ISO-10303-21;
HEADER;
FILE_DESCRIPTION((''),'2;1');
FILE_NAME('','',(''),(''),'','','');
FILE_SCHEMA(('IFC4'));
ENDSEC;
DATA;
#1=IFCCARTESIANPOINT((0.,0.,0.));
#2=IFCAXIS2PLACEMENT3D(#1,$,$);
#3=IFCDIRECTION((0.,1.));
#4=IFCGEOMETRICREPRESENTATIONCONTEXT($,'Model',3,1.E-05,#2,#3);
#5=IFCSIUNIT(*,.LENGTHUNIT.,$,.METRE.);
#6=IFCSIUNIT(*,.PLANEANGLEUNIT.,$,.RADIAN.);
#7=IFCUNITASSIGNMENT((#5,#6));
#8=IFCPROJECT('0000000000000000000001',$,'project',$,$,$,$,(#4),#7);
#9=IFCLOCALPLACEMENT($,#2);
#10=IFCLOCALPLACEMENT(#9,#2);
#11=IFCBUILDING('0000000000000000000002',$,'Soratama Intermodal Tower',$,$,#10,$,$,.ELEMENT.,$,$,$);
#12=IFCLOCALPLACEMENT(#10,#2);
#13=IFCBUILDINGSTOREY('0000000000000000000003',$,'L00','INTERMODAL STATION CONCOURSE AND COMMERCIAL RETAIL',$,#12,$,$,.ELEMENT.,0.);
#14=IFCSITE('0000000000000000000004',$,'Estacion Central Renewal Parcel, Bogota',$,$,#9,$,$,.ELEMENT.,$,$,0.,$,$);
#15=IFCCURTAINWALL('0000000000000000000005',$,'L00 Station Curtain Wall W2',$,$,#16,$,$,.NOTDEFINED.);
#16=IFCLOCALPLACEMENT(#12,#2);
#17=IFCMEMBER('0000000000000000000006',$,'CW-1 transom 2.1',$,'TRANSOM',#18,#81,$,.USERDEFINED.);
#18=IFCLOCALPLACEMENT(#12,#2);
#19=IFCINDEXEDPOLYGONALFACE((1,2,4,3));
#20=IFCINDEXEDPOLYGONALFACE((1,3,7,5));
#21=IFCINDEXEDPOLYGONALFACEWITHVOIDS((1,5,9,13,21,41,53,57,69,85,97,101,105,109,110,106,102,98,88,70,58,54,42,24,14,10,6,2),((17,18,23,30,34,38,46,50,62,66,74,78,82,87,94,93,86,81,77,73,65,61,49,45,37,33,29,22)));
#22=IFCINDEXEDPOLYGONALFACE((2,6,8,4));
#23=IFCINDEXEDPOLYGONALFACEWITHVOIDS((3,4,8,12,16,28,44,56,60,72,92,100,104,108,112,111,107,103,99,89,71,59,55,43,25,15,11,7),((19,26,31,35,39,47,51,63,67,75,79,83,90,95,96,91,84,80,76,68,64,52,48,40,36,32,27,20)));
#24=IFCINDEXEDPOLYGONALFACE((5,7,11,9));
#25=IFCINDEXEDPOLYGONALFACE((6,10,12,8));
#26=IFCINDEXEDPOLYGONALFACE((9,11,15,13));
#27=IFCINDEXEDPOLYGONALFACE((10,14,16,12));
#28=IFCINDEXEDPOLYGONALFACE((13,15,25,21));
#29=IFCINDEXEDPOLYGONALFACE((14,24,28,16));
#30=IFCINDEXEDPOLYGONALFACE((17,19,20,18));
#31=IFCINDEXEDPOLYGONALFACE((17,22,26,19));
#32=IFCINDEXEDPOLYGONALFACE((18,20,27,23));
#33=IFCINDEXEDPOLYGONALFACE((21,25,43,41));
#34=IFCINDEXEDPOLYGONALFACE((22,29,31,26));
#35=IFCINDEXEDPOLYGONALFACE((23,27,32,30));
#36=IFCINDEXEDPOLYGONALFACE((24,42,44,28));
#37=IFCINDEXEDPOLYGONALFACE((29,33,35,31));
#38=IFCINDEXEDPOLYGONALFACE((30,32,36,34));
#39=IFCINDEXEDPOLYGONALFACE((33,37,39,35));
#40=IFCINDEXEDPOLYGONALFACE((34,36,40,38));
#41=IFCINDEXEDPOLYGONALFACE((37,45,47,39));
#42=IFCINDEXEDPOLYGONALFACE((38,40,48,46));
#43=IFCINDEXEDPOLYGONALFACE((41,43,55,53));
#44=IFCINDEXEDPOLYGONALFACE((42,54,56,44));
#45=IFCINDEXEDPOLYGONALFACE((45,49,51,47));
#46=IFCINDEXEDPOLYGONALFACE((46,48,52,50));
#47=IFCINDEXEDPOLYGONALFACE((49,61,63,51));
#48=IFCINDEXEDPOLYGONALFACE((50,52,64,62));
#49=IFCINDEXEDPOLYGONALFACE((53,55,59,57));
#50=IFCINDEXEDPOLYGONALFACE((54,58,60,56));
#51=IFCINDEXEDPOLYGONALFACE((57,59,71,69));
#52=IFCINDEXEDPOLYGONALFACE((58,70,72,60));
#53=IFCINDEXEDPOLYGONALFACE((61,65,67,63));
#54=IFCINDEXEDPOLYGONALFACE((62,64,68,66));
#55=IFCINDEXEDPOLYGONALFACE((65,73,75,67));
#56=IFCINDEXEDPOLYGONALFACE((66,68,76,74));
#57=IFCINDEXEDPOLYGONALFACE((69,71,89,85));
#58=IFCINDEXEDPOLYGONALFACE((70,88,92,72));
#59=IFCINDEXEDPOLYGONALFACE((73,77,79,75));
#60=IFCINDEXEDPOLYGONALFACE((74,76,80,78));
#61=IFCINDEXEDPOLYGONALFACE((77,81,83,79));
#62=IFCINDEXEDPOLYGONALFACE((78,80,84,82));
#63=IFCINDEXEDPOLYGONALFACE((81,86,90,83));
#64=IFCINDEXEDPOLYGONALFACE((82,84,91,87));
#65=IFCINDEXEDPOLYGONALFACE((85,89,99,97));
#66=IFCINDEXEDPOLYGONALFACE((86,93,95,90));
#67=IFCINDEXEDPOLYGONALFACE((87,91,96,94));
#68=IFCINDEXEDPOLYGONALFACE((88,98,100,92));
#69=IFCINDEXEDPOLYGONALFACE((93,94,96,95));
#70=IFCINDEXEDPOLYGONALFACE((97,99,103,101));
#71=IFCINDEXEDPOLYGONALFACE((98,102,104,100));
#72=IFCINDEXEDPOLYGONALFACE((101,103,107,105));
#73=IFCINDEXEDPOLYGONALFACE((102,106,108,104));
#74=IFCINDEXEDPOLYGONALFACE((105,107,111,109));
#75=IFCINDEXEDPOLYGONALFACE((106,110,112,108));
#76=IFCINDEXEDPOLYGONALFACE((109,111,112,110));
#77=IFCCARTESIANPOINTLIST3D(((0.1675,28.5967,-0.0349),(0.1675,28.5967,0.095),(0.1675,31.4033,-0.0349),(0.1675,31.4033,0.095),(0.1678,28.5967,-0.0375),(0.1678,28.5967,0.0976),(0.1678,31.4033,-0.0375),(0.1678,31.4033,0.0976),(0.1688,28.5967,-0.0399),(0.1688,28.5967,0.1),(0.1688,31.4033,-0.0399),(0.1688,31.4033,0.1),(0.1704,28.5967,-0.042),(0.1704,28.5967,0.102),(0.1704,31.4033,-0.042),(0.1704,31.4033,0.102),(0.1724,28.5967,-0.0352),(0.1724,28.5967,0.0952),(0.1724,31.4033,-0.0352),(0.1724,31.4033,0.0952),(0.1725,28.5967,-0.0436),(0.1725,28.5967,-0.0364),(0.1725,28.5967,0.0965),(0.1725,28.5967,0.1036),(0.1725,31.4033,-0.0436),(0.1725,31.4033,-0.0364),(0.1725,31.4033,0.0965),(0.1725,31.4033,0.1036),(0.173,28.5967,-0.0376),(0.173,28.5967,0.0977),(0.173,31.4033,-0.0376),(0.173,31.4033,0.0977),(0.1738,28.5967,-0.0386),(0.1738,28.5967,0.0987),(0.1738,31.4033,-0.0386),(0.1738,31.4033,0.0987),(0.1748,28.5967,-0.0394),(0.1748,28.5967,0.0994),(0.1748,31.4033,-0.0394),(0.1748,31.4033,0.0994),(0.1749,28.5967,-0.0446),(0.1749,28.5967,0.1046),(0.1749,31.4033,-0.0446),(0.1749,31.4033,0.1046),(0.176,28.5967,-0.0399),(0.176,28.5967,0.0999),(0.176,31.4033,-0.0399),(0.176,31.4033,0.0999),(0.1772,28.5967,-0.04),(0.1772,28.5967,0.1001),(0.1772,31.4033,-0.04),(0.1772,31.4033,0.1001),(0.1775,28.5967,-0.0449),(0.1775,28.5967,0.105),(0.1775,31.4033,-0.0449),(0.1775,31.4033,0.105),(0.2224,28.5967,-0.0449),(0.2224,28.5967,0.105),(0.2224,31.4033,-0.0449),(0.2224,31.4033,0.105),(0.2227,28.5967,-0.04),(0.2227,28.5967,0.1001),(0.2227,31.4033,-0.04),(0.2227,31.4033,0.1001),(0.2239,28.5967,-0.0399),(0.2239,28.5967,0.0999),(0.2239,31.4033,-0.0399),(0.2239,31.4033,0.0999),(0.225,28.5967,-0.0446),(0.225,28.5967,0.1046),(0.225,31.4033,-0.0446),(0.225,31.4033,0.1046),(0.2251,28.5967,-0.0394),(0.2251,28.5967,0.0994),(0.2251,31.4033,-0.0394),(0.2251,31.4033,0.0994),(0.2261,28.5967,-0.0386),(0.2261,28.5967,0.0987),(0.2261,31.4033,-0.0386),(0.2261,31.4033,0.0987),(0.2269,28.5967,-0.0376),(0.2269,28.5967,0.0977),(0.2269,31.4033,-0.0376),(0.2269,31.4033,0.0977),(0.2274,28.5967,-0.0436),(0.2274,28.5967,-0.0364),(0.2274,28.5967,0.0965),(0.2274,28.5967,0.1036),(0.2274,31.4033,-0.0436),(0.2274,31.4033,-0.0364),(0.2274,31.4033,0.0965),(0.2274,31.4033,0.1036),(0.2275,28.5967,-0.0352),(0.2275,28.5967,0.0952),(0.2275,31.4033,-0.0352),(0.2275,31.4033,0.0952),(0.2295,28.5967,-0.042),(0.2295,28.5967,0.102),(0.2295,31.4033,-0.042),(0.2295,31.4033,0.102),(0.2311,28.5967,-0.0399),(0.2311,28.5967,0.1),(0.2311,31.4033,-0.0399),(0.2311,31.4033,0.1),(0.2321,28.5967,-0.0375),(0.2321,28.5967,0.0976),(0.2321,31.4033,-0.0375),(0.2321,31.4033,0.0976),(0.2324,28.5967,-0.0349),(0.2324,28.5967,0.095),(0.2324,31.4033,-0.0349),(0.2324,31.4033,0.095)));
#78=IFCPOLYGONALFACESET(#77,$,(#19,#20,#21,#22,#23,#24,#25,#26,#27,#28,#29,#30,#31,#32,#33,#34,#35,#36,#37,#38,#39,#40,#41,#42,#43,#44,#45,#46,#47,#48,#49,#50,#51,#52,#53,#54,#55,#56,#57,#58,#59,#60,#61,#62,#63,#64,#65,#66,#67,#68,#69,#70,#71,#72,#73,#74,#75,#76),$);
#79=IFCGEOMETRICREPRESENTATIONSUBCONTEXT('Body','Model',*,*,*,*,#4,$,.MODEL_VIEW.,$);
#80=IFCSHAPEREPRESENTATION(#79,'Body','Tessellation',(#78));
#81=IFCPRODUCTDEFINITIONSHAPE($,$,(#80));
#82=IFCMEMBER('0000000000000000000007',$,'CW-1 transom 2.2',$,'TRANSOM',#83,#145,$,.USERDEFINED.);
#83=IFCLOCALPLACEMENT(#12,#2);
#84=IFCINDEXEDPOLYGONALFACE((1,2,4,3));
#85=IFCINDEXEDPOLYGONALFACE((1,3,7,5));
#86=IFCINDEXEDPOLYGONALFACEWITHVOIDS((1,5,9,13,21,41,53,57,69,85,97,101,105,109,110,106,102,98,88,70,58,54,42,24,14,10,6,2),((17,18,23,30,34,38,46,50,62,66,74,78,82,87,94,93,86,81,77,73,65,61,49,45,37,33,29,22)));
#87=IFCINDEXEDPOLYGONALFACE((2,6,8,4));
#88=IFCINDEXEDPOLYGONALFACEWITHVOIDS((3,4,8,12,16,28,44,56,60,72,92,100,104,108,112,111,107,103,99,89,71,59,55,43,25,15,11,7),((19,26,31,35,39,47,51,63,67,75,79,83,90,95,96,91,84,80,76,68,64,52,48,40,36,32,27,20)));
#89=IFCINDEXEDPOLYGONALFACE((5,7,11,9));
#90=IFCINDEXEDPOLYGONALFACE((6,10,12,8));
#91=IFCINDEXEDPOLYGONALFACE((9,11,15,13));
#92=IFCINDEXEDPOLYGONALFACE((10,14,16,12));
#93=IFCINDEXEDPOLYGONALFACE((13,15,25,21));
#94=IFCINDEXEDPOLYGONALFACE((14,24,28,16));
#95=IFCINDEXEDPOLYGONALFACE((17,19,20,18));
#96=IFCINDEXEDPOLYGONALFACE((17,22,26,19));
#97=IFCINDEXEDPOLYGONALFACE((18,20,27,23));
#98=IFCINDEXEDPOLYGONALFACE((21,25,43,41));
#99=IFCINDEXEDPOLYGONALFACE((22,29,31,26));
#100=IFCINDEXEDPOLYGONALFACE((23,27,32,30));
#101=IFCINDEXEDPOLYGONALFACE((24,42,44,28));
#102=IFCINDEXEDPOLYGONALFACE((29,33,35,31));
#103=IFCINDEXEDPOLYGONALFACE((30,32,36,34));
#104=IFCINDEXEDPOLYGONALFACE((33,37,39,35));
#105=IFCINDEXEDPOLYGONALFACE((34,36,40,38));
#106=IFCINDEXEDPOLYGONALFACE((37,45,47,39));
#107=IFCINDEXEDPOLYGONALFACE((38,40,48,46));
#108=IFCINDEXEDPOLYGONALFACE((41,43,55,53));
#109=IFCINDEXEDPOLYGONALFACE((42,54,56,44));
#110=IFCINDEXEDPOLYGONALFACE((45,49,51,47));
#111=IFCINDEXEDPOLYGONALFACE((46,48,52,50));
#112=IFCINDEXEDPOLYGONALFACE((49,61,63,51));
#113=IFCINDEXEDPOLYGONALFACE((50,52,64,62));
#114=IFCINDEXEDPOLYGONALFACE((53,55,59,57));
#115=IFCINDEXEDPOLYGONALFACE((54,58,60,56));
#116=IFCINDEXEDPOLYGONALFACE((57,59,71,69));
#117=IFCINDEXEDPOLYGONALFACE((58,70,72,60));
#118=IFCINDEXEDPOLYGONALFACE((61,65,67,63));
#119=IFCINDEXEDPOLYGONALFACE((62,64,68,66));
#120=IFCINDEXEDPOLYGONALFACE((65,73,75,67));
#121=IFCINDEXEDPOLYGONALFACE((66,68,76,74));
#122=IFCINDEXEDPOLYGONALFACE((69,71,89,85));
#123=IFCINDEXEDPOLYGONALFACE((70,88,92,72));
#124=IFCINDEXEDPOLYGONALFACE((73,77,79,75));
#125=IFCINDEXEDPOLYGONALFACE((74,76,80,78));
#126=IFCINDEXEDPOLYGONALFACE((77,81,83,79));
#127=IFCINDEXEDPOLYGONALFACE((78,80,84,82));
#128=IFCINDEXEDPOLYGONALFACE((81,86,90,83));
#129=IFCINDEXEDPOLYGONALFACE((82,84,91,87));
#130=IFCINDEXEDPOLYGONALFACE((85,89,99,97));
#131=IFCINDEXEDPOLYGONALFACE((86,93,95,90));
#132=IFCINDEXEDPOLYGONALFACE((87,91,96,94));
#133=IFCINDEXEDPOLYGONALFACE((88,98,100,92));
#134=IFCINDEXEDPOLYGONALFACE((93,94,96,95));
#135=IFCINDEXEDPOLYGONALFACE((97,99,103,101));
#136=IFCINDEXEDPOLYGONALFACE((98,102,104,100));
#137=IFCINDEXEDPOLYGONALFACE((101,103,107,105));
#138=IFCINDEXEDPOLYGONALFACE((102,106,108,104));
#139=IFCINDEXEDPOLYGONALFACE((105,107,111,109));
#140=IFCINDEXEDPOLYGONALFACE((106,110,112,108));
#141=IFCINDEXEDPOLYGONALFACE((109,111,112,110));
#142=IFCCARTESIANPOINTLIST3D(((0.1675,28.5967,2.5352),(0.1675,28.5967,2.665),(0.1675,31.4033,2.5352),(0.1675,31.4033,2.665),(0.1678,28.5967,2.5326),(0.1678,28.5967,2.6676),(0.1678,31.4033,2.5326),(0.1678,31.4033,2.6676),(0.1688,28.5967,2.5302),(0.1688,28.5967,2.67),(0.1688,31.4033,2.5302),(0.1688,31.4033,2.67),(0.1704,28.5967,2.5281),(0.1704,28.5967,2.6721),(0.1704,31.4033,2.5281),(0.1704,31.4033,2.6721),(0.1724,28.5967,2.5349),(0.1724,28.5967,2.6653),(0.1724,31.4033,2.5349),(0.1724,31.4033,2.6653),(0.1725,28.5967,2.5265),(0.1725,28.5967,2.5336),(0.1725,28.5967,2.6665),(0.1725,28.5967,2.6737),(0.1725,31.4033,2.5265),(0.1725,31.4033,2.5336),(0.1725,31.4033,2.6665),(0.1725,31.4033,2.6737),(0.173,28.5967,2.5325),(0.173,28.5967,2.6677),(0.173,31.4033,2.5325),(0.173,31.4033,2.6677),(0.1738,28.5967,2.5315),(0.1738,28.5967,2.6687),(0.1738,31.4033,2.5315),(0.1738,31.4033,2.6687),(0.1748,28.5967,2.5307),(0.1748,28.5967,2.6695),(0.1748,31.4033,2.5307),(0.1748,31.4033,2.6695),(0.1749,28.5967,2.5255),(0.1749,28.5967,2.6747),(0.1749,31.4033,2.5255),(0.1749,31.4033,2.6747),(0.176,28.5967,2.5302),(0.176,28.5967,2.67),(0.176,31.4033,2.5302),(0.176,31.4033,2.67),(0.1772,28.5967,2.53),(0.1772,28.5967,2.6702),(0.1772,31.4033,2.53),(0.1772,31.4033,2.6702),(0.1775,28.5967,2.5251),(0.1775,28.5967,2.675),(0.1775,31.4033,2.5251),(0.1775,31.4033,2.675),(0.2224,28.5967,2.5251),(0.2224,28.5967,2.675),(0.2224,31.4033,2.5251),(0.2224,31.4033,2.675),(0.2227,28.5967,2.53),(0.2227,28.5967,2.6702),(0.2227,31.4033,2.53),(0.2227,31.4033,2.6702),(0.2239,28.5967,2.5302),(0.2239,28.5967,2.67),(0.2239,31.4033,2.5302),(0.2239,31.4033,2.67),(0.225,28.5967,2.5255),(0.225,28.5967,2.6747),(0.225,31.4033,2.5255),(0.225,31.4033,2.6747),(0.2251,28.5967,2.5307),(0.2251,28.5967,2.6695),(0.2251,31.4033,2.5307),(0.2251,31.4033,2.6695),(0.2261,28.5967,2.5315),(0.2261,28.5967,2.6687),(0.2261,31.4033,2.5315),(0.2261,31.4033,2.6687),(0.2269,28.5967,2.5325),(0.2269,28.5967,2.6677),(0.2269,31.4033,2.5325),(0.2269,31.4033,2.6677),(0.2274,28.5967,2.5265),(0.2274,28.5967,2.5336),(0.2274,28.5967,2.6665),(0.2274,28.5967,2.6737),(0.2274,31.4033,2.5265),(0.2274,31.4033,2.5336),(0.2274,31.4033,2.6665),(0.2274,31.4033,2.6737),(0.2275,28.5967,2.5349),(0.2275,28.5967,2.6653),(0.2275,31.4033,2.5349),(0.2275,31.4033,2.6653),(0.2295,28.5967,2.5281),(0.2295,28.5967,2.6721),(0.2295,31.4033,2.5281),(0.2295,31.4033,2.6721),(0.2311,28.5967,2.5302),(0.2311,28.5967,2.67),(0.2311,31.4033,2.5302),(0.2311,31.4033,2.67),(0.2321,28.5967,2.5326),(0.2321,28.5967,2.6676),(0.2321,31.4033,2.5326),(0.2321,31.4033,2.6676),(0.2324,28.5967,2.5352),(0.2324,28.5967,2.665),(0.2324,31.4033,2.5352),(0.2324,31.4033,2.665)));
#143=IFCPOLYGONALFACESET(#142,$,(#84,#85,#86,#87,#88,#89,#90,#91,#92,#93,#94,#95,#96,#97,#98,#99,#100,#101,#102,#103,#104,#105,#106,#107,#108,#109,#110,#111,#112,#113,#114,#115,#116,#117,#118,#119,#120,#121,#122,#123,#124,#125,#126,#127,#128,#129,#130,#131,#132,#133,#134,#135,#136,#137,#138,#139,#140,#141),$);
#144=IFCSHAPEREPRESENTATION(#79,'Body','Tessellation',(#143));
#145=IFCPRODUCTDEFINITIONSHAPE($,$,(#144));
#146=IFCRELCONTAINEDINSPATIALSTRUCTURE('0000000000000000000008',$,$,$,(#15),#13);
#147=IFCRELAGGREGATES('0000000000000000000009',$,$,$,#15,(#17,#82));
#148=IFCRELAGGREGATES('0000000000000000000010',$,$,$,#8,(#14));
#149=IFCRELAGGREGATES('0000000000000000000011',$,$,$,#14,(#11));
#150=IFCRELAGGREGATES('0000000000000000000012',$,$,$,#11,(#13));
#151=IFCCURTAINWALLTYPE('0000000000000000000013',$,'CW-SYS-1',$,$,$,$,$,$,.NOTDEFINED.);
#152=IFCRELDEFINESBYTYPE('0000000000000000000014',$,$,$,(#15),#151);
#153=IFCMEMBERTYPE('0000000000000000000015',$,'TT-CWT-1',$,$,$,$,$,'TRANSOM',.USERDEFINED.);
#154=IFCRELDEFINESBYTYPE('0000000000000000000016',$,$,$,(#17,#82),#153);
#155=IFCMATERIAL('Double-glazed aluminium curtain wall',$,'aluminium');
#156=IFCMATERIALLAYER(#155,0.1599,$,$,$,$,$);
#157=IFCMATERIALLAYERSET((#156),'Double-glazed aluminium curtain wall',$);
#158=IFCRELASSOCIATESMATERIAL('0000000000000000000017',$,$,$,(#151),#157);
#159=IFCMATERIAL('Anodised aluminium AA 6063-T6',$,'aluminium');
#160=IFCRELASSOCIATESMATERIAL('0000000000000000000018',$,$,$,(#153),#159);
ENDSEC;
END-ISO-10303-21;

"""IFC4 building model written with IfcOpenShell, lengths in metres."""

from ifc_helpers import new_model, si_unit, direction, frame, origin, origin_2d, place, context, subcontext, project, spatial, hollow_rectangle, extrude, material, layer, layer_set, material_profile, profile_set, type_object, element, aggregate, save


model = new_model("IFC4")

# Units and contexts
model_context = context("Model", 3, precision=1e-05, world=origin(), true_north=direction((0.0, 1.0)))
body_context = subcontext(model_context, "Body", "Model", "MODEL_VIEW")
ifc_project = project(units=[si_unit("LENGTHUNIT", "METRE"), si_unit("PLANEANGLEUNIT", "RADIAN")], contexts=[model_context])

# Site, building, storey
site_placement = place(None, origin())
site = spatial("IfcSite", under=ifc_project, at=site_placement, Name="Estacion Central Renewal Parcel, Bogota", CompositionType="ELEMENT", RefElevation=0.0)
building_placement = place(site_placement, origin())
building = spatial("IfcBuilding", under=site, at=building_placement, Name="Soratama Intermodal Tower", CompositionType="ELEMENT")
storey_placement = place(building_placement, origin())
storey = spatial("IfcBuildingStorey", under=building, at=storey_placement, Name="L00", Description="INTERMODAL STATION CONCOURSE AND COMMERCIAL RETAIL", CompositionType="ELEMENT", Elevation=0.0)

# Curtain wall, members
ifc_material_1 = material(Name="Double-glazed aluminium curtain wall", Category="aluminium")
ifc_layer_1 = layer(ifc_material_1, 0.1599)
ifc_layer_set_1 = layer_set([ifc_layer_1], Name="Double-glazed aluminium curtain wall")
curtain_wall_type = type_object("IfcCurtainWallType", Name="CW-SYS-1", PredefinedType="NOTDEFINED", material=ifc_layer_set_1)
curtain_wall_placement = place(storey_placement, origin())
curtain_wall = element("IfcCurtainWall", 1, at=curtain_wall_placement, inside=storey, type_object=curtain_wall_type, Name="L00 Station Curtain Wall W2", PredefinedType="NOTDEFINED")
ifc_material_2 = material(Name="Anodised aluminium AA 6063-T6", Category="aluminium")
ifc_material_profile_1 = material_profile(ifc_material_2, hollow_rectangle(XDim=0.0649, YDim=0.1499, WallThickness=0.0049, InnerFilletRadius=0.0049, OuterFilletRadius=0.01, at=origin_2d()), Name="CWT150X65X5")
ifc_profile_set_1 = profile_set([ifc_material_profile_1], Name="Anodised aluminium AA 6063-T6")
member_type_1 = type_object("IfcMemberType", Name="TT-CWT-1", ElementType="TRANSOM", PredefinedType="USERDEFINED", material=ifc_profile_set_1)
member_1_placement = place(storey_placement, frame((0.2, 28.5967, 0.03), z_axis=(0.0, 1.0, 0.0), x_axis=(-1.0, 0.0, 0.0)))
member_1 = element("IfcMember", 2, at=member_1_placement, type_object=member_type_1, Name="CW-1 transom 2.1", ObjectType="TRANSOM", PredefinedType="USERDEFINED", context=body_context, shape_type="SweptSolid", body=[
    extrude(hollow_rectangle(XDim=0.0649, YDim=0.1499, WallThickness=0.0049, InnerFilletRadius=0.0049, OuterFilletRadius=0.01, at=origin_2d()), origin(), (0.0, 0.0, 1.0), 2.8066),
])
member_2_placement = place(storey_placement, frame((0.2, 28.5967, 2.6001), z_axis=(0.0, 1.0, 0.0), x_axis=(-1.0, 0.0, 0.0)))
member_2 = element("IfcMember", 3, at=member_2_placement, type_object=member_type_1, Name="CW-1 transom 2.2", ObjectType="TRANSOM", PredefinedType="USERDEFINED", context=body_context, shape_type="SweptSolid", body=[
    extrude(hollow_rectangle(XDim=0.0649, YDim=0.1499, WallThickness=0.0049, InnerFilletRadius=0.0049, OuterFilletRadius=0.01, at=origin_2d()), origin(), (0.0, 0.0, 1.0), 2.8066),
])
aggregate(curtain_wall, [member_1, member_2])

save(model, "model.ifc")
